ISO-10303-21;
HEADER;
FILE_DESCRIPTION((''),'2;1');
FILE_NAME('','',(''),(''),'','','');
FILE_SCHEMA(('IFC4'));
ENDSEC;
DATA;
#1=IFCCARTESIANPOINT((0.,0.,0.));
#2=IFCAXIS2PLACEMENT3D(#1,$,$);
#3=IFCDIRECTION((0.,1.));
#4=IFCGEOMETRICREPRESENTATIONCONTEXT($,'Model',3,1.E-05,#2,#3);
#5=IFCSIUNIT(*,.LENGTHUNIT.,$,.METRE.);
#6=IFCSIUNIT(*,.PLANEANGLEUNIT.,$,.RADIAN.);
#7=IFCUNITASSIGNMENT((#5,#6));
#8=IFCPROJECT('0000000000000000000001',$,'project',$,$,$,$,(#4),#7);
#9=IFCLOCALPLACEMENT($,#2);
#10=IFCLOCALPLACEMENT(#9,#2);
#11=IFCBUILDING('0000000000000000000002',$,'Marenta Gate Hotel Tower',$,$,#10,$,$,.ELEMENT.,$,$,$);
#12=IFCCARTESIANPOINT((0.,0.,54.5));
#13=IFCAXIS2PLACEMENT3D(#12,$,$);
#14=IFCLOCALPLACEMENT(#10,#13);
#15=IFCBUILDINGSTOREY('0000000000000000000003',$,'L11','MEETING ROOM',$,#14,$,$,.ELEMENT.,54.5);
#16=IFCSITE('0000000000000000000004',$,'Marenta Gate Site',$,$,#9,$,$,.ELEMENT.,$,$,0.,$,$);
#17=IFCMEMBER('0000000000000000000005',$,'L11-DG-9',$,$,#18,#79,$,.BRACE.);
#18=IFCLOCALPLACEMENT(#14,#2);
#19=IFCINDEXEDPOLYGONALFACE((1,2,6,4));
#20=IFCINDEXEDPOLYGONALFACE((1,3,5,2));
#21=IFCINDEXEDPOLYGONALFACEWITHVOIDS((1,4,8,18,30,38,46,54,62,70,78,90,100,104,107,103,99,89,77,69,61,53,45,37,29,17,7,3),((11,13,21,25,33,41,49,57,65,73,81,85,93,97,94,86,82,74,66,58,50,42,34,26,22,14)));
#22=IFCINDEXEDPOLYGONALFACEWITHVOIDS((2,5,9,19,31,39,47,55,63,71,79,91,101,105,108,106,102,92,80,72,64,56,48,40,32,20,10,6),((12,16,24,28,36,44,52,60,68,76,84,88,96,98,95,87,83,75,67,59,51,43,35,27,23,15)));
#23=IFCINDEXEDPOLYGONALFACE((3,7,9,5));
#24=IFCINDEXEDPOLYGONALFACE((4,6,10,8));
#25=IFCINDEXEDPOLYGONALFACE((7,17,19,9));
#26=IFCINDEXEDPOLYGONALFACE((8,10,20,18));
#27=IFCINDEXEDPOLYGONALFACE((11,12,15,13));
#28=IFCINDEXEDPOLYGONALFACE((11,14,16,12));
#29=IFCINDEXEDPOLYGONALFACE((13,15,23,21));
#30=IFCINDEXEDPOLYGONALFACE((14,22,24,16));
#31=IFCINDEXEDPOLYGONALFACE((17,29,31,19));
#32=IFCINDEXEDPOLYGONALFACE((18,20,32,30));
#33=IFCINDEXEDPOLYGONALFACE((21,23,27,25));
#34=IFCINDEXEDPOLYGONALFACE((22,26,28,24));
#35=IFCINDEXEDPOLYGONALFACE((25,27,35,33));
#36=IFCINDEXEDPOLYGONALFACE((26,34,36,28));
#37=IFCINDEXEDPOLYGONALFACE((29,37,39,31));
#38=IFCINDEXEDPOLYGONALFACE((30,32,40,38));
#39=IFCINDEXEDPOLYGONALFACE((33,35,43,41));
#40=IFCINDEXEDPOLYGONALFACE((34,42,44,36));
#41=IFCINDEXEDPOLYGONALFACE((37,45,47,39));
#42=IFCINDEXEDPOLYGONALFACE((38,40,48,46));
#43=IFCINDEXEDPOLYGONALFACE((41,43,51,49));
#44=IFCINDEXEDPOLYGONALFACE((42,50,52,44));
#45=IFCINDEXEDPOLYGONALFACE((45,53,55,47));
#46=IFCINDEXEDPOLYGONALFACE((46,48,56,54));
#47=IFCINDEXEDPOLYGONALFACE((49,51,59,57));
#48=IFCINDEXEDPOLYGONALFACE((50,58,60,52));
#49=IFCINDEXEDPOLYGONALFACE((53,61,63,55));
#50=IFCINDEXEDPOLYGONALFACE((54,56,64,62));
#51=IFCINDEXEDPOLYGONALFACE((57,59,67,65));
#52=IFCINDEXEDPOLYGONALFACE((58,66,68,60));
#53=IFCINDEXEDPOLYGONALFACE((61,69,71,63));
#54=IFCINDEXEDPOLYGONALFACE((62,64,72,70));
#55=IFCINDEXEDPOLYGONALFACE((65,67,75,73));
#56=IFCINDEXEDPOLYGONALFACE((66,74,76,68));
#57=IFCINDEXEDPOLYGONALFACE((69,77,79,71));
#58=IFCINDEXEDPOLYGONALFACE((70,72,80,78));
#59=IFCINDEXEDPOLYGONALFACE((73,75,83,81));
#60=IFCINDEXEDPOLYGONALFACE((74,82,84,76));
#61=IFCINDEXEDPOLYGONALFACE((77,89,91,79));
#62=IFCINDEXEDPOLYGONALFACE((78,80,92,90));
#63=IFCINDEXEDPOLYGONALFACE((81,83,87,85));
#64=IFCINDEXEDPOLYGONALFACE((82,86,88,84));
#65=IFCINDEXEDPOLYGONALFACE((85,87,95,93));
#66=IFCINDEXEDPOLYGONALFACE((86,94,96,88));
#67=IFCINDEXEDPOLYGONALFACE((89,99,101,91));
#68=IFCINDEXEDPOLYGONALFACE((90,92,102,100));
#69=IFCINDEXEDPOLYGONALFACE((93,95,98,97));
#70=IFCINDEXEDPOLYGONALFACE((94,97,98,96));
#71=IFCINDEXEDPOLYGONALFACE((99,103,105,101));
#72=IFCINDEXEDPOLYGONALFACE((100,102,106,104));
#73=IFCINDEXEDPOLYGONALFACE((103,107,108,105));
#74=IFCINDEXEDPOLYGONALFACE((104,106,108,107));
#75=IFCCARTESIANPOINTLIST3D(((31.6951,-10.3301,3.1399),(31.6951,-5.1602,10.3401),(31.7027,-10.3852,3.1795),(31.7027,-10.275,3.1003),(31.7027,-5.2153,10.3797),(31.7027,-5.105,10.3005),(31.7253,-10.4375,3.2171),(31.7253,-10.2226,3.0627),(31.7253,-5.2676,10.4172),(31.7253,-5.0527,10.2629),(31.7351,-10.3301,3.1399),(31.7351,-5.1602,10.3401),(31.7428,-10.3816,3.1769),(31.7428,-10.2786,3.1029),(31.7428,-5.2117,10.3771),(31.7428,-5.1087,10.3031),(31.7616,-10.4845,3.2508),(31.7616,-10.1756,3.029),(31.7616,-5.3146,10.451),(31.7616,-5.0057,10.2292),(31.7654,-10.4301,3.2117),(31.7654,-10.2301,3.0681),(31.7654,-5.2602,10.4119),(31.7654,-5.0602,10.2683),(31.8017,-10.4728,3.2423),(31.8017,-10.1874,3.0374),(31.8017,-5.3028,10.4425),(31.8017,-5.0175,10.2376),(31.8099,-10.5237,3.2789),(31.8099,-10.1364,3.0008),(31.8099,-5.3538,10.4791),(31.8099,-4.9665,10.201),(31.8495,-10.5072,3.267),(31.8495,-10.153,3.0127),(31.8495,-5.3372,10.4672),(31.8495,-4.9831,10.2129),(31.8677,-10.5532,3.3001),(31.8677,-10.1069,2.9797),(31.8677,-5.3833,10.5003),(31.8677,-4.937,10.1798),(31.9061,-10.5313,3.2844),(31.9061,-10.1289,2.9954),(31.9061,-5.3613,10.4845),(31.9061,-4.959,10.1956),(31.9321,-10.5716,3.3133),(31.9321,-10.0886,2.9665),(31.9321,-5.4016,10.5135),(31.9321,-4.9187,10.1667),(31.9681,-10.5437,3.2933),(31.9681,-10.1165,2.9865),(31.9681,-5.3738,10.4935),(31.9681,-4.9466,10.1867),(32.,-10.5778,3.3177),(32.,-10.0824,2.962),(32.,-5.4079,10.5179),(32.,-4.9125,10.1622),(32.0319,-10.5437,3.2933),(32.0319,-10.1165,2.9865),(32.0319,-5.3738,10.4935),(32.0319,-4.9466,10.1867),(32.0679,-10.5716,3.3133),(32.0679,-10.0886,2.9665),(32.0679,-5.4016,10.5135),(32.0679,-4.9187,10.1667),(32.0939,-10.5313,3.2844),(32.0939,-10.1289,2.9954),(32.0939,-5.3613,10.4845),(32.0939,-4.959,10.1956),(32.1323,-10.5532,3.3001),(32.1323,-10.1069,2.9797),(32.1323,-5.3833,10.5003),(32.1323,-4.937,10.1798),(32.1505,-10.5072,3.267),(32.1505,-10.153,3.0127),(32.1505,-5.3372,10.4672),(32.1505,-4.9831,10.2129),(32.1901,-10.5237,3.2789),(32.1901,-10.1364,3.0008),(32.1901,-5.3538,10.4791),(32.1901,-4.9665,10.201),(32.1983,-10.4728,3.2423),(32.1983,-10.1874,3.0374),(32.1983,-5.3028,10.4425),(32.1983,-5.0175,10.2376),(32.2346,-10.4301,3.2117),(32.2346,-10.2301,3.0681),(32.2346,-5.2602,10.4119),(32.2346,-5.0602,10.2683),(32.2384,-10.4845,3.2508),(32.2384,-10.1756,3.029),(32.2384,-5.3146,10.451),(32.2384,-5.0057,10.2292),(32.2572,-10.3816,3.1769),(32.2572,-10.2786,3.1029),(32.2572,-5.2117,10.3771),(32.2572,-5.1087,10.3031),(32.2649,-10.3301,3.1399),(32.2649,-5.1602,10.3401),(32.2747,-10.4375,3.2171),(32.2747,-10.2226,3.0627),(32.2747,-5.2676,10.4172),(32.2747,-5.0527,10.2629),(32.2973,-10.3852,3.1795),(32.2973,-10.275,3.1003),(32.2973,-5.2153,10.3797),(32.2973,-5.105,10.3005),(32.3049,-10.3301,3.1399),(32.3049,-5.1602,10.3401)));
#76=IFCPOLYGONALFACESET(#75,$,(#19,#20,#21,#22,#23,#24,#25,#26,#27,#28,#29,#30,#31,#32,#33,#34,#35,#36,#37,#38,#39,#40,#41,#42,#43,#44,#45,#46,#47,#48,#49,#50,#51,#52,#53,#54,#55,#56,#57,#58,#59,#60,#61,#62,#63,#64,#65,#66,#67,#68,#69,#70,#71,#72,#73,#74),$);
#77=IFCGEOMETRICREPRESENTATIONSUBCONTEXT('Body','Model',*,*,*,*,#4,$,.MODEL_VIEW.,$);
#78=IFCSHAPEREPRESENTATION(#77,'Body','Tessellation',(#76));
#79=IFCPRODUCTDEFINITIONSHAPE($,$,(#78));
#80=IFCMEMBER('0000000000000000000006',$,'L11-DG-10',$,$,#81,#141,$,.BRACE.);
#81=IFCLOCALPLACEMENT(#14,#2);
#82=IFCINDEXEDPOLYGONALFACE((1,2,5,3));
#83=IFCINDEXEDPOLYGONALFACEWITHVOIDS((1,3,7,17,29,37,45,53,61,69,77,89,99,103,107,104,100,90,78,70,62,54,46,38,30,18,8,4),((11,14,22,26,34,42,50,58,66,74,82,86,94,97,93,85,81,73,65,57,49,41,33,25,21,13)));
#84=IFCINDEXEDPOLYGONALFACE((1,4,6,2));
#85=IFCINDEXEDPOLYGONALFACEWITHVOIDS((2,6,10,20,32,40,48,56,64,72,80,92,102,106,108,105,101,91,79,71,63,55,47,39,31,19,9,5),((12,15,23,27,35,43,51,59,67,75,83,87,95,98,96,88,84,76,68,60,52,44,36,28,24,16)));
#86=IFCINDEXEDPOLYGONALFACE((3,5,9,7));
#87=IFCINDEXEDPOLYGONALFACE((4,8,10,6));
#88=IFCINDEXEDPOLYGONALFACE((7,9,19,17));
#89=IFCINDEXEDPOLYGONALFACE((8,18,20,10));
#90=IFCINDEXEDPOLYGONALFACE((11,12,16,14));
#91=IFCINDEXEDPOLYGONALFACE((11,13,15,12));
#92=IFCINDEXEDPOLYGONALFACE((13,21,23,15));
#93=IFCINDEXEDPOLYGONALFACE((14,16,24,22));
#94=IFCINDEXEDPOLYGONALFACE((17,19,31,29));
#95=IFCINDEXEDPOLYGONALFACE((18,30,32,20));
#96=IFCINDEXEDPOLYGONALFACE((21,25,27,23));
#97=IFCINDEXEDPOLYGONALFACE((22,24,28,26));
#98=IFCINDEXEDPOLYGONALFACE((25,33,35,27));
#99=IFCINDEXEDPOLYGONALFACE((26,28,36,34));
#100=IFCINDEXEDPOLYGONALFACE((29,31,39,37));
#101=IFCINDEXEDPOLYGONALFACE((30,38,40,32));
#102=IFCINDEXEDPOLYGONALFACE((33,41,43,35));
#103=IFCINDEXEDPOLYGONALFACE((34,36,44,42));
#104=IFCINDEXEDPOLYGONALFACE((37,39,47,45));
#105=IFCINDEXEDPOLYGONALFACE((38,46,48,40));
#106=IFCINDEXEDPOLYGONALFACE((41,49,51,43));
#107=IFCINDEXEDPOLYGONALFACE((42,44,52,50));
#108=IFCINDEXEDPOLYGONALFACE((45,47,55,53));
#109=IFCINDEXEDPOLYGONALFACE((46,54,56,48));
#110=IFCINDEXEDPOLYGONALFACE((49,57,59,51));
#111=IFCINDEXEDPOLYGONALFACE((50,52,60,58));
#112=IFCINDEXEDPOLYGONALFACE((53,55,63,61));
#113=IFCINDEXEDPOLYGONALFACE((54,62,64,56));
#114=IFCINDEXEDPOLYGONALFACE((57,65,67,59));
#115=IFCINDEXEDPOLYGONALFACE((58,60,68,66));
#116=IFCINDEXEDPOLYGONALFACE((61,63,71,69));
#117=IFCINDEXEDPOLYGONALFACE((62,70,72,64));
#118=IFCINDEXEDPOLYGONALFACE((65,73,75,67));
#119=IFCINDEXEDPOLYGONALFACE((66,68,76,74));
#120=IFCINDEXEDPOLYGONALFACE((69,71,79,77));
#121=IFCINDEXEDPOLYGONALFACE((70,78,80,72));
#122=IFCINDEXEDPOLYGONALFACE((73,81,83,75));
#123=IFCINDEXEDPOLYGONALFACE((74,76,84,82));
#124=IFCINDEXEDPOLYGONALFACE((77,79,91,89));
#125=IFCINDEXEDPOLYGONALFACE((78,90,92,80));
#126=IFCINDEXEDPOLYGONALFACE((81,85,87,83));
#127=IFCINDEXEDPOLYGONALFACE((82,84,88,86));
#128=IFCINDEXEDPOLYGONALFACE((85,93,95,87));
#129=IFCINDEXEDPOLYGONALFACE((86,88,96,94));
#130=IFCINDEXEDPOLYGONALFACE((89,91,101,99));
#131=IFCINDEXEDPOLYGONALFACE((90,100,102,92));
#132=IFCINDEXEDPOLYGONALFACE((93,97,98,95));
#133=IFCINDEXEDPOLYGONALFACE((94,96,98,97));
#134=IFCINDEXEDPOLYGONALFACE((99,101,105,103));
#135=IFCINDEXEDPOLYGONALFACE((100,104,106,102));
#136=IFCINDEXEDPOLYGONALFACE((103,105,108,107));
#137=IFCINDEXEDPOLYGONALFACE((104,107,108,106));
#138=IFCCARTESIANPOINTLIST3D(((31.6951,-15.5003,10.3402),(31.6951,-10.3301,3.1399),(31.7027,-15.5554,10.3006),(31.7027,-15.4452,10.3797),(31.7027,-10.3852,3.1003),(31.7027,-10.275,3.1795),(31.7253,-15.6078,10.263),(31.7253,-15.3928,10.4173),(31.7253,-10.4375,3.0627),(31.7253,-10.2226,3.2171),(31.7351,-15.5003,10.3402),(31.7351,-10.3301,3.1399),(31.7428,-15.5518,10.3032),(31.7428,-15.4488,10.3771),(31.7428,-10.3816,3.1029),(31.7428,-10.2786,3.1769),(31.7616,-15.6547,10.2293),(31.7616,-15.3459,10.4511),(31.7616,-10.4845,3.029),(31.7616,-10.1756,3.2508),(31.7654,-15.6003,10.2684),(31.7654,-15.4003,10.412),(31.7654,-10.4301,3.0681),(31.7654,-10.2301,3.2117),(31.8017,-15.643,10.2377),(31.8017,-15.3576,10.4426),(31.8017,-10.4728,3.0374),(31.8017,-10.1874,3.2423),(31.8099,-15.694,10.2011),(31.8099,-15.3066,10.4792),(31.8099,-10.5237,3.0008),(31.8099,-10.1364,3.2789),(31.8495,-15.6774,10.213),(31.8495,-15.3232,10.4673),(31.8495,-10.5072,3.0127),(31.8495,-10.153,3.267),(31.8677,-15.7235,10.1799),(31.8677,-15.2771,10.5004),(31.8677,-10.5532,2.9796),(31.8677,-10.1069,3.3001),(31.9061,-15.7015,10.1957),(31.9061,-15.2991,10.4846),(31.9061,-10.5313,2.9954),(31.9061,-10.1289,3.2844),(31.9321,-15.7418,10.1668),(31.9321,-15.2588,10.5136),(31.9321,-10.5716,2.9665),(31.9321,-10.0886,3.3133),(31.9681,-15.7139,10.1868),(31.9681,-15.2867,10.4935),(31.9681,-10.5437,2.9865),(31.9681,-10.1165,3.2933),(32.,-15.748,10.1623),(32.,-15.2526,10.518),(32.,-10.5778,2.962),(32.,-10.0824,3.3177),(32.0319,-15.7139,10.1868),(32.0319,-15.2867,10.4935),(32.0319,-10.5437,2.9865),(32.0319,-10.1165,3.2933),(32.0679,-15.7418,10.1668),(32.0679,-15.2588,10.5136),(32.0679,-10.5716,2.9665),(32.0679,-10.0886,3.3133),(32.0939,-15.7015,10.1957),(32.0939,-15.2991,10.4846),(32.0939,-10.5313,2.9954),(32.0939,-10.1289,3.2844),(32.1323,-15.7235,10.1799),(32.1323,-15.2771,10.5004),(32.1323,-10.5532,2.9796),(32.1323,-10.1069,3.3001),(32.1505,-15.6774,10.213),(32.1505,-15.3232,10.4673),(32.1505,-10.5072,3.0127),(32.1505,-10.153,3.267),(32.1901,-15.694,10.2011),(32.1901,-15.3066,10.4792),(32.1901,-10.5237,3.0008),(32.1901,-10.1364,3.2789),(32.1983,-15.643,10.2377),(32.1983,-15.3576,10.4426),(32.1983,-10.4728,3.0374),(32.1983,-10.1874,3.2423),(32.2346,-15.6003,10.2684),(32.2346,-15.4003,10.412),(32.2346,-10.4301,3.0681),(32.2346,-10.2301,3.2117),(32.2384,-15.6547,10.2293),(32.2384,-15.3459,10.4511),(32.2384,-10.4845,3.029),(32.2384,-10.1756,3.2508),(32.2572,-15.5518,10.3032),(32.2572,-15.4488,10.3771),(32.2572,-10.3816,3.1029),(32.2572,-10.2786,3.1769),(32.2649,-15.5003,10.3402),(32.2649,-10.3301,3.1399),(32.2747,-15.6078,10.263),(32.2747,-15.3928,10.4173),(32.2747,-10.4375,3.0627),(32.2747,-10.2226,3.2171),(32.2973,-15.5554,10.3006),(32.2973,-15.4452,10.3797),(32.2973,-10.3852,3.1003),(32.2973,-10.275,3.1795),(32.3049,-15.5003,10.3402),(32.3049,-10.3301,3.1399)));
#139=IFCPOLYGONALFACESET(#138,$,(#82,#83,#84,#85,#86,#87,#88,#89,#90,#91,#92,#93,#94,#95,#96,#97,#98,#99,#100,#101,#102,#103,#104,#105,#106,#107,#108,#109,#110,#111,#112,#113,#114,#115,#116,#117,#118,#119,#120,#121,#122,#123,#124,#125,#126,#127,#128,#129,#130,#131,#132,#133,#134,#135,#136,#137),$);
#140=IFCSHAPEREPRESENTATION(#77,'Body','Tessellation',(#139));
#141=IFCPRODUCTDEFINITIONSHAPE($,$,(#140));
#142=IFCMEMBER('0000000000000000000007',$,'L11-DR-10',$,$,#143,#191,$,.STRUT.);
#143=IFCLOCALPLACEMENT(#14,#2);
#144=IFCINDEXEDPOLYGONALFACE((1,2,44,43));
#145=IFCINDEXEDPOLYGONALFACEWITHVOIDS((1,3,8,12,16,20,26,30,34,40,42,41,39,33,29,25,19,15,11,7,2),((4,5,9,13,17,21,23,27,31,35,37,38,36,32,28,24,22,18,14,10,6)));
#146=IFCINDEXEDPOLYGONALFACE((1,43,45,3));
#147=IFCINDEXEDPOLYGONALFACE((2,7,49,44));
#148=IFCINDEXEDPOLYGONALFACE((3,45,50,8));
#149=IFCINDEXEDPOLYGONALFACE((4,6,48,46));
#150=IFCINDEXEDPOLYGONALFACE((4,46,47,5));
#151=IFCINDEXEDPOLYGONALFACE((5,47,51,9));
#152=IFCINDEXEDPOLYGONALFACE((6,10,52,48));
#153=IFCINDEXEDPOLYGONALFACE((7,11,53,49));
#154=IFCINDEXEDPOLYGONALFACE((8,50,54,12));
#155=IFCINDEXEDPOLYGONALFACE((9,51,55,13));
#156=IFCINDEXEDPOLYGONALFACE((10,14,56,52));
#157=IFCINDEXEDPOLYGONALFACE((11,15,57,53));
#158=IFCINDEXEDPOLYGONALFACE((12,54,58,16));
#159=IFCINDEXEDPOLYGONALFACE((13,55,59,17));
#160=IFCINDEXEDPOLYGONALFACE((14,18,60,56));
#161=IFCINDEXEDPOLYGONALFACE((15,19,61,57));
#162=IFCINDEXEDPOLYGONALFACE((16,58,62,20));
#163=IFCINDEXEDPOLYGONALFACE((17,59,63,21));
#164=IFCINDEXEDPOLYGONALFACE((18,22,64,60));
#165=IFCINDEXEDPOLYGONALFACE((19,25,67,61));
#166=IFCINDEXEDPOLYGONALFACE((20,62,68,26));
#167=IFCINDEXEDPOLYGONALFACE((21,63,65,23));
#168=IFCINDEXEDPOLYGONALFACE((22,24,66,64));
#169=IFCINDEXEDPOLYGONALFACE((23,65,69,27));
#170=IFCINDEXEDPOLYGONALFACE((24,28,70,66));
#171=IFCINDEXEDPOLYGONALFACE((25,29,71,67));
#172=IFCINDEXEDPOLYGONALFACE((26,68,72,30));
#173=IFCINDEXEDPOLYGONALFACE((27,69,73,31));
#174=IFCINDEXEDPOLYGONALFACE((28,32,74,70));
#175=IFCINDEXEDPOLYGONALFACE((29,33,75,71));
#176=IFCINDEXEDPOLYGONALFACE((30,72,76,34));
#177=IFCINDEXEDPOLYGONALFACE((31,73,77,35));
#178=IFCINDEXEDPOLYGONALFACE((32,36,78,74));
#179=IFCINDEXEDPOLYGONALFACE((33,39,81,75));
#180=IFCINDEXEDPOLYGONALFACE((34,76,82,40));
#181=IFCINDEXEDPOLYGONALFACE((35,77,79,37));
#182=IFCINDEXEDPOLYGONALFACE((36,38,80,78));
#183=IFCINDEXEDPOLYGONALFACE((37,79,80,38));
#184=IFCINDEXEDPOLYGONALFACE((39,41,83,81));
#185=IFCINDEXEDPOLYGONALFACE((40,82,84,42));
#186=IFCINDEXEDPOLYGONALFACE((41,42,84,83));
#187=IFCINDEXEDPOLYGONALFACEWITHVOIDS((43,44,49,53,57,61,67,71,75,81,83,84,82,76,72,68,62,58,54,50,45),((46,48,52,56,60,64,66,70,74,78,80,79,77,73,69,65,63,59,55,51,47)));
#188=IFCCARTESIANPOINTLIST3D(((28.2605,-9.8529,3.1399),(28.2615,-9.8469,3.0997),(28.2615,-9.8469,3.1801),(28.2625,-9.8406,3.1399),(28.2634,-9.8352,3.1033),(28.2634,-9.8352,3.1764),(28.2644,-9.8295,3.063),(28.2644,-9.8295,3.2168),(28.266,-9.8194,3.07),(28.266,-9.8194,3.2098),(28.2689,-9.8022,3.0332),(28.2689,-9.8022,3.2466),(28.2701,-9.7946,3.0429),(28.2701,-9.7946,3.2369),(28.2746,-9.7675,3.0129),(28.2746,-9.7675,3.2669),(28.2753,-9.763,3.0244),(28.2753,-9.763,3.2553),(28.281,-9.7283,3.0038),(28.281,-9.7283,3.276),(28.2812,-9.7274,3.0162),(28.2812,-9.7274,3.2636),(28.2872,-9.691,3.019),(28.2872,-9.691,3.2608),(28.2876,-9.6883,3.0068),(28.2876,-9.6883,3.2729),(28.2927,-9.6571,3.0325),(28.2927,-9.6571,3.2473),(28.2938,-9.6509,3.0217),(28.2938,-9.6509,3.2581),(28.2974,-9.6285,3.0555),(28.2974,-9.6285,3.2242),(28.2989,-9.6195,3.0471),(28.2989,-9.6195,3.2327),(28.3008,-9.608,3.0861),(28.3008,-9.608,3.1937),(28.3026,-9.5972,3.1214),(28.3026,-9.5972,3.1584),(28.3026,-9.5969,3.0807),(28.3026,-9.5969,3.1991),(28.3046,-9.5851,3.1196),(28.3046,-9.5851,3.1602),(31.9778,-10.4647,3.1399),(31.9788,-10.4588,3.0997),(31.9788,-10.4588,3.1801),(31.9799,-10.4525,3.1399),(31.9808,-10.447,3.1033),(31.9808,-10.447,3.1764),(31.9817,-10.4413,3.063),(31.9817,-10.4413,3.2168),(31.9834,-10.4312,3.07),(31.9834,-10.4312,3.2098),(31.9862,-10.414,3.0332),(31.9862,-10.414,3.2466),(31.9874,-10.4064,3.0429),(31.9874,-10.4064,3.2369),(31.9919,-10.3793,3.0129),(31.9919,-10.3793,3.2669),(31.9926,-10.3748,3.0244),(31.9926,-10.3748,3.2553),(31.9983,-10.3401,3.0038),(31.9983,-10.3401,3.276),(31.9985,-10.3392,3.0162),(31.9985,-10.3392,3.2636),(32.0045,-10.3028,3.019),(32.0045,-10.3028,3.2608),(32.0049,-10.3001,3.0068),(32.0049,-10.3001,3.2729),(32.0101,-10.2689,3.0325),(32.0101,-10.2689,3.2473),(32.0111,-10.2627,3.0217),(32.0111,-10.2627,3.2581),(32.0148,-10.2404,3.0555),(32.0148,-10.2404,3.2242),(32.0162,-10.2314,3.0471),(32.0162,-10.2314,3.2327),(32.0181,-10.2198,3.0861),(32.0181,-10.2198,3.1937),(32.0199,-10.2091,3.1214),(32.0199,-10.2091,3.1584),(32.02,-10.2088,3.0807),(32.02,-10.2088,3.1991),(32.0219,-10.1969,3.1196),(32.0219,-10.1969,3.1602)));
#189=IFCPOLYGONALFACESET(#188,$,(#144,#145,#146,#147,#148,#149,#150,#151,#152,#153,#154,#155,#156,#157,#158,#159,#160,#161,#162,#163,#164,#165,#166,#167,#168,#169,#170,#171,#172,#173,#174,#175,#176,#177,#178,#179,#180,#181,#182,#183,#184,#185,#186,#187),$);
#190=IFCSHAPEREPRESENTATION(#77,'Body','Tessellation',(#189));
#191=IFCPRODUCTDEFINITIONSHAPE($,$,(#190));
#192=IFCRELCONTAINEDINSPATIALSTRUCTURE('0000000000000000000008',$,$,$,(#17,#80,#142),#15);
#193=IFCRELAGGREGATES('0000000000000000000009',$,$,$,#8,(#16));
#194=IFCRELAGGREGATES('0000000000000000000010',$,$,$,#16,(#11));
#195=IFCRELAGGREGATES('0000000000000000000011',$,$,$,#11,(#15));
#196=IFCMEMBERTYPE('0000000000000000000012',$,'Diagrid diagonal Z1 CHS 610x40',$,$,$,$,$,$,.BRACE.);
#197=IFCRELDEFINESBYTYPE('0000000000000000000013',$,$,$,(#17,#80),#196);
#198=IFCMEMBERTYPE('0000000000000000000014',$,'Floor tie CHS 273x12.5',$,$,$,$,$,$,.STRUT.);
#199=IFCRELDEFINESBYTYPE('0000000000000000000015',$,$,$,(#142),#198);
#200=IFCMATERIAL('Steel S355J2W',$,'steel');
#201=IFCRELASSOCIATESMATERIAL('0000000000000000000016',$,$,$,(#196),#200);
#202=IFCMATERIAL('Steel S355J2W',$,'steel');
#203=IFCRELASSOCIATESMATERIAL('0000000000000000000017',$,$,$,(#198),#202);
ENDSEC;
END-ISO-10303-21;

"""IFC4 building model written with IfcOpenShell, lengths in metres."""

from ifc_helpers import new_model, si_unit, direction, frame, origin, origin_2d, place, context, subcontext, project, spatial, hollow_circle, extrude, material, material_profile, profile_set, type_object, element, save


model = new_model("IFC4")

# Units and contexts
model_context = context("Model", 3, precision=1e-05, world=origin(), true_north=direction((0.0, 1.0)))
body_context = subcontext(model_context, "Body", "Model", "MODEL_VIEW")
ifc_project = project(units=[si_unit("LENGTHUNIT", "METRE"), si_unit("PLANEANGLEUNIT", "RADIAN")], contexts=[model_context])

# Site, building, storey
site_placement = place(None, origin())
site = spatial("IfcSite", under=ifc_project, at=site_placement, Name="Marenta Gate Site", CompositionType="ELEMENT", RefElevation=0.0)
building_placement = place(site_placement, origin())
building = spatial("IfcBuilding", under=site, at=building_placement, Name="Marenta Gate Hotel Tower", CompositionType="ELEMENT")
storey_placement = place(building_placement, frame((0.0, 0.0, 54.5)))
storey = spatial("IfcBuildingStorey", under=building, at=storey_placement, Name="L11", Description="MEETING ROOM", CompositionType="ELEMENT", Elevation=54.5)

# Members
ifc_material_1 = material(Name="Steel S355J2W", Category="steel")
ifc_material_profile_1 = material_profile(ifc_material_1, hollow_circle(Radius=0.3049, WallThickness=0.04, at=origin_2d()), Name="CHS 610x40")
ifc_profile_set_1 = profile_set([ifc_material_profile_1], Name="Steel S355J2W")
member_type_1 = type_object("IfcMemberType", Name="Diagrid diagonal Z1 CHS 610x40", PredefinedType="BRACE", material=ifc_profile_set_1)
member_1_placement = place(storey_placement, frame((32.0, -10.3301, 3.1399), z_axis=(0.0, 0.583248, 0.812294), x_axis=(-1.0, 0.0, 0.0)))
element("IfcMember", 1, at=member_1_placement, inside=storey, type_object=member_type_1, Name="L11-DG-9", PredefinedType="BRACE", context=body_context, shape_type="SweptSolid", body=[
    extrude(hollow_circle(Radius=0.3049, WallThickness=0.04, at=origin_2d()), origin(), (0.0, 0.0, 1.0), 8.864),
])
member_2_placement = place(storey_placement, frame((32.0, -10.3301, 3.1399), z_axis=(0.0, -0.583266, 0.812281), x_axis=(1.0, 0.0, 0.0)))
element("IfcMember", 2, at=member_2_placement, inside=storey, type_object=member_type_1, Name="L11-DG-10", PredefinedType="BRACE", context=body_context, shape_type="SweptSolid", body=[
    extrude(hollow_circle(Radius=0.3049, WallThickness=0.04, at=origin_2d()), origin(), (0.0, 0.0, 1.0), 8.8643),
])
ifc_material_2 = material(Name="Steel S355J2W", Category="steel")
ifc_material_profile_2 = material_profile(ifc_material_2, hollow_circle(Radius=0.1365, WallThickness=0.0125, at=origin_2d()), Name="CHS 273x12.5")
ifc_profile_set_2 = profile_set([ifc_material_profile_2], Name="Steel S355J2W")
member_type_2 = type_object("IfcMemberType", Name="Floor tie CHS 273x12.5", PredefinedType="STRUT", material=ifc_profile_set_2)
member_3_placement = place(storey_placement, frame((32.0, -10.3301, 3.1399), z_axis=(-0.986725, 0.162402, 0.0), x_axis=(-0.162402, -0.986725, 0.0)))
element("IfcMember", 3, at=member_3_placement, inside=storey, type_object=member_type_2, Name="L11-DR-10", PredefinedType="STRUT", context=body_context, shape_type="SweptSolid", body=[
    extrude(hollow_circle(Radius=0.1365, WallThickness=0.0125, at=origin_2d()), origin(), (0.0, 0.0, 1.0), 3.7673),
])

save(model, "model.ifc")
